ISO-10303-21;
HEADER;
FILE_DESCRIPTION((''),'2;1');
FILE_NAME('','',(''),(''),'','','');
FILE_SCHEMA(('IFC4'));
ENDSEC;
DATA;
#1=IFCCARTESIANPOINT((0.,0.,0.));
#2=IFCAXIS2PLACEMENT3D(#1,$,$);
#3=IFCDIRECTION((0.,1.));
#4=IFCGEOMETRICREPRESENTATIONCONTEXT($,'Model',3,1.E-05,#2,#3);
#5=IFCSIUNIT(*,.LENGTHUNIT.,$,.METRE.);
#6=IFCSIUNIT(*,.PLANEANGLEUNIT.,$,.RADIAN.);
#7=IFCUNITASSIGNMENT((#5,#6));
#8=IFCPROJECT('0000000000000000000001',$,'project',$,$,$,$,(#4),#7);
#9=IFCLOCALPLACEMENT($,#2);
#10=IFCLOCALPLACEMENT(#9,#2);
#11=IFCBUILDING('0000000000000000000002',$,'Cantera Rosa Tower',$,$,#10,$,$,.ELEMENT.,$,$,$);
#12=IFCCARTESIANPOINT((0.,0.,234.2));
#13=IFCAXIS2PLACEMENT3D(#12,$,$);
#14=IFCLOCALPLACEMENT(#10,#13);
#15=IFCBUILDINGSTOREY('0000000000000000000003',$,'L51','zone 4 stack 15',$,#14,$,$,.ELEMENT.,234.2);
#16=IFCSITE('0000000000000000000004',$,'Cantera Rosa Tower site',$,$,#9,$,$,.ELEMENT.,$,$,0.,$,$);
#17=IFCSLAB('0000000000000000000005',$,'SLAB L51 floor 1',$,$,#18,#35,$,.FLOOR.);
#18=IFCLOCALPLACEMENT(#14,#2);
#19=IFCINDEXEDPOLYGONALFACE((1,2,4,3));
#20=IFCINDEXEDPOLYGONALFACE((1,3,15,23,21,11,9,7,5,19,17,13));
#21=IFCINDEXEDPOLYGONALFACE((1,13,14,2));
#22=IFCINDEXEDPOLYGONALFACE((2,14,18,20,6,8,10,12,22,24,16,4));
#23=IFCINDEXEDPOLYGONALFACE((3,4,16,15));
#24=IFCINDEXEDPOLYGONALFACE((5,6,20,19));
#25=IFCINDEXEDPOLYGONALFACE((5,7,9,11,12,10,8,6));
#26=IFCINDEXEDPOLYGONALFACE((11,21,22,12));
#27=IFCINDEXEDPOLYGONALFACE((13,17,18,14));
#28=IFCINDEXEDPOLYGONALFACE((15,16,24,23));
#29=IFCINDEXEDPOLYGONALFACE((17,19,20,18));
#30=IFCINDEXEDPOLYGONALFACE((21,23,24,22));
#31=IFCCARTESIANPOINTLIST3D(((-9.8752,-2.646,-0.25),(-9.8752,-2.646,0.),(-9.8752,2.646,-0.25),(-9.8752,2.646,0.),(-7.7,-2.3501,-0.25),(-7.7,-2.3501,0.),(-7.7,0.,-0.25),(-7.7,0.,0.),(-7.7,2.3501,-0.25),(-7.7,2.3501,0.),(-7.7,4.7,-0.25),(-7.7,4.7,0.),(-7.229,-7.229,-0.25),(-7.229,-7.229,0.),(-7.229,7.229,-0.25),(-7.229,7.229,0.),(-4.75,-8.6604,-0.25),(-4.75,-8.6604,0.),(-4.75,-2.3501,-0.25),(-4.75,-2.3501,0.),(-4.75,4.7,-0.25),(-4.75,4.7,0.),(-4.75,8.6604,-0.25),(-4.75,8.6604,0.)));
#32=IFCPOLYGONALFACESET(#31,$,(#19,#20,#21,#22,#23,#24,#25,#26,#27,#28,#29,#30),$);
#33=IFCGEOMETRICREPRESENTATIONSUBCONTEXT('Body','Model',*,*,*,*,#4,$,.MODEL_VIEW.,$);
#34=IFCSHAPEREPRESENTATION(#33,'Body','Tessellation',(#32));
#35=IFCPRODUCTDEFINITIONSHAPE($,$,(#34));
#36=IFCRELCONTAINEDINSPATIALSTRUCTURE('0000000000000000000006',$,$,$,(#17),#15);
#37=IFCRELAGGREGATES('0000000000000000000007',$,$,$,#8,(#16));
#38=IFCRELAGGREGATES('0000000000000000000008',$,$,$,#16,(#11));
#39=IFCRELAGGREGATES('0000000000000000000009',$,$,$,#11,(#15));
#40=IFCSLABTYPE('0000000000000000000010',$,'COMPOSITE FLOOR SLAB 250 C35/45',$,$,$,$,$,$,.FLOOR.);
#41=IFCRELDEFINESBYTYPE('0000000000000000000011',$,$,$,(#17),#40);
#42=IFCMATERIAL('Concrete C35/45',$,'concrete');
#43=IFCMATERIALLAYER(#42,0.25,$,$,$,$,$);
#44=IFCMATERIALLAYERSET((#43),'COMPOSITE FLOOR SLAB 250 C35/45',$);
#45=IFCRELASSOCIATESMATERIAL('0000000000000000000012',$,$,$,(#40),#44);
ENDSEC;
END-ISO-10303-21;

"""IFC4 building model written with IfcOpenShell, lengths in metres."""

from ifc_helpers import new_model, si_unit, direction, frame, origin, place, context, subcontext, project, spatial, polyline, outline, extrude, material, layer, layer_set, type_object, element, save


model = new_model("IFC4")

# Units and contexts
model_context = context("Model", 3, precision=1e-05, world=origin(), true_north=direction((0.0, 1.0)))
body_context = subcontext(model_context, "Body", "Model", "MODEL_VIEW")
ifc_project = project(units=[si_unit("LENGTHUNIT", "METRE"), si_unit("PLANEANGLEUNIT", "RADIAN")], contexts=[model_context])

# Site, building, storey
site_placement = place(None, origin())
site = spatial("IfcSite", under=ifc_project, at=site_placement, Name="Cantera Rosa Tower site", CompositionType="ELEMENT", RefElevation=0.0)
building_placement = place(site_placement, origin())
building = spatial("IfcBuilding", under=site, at=building_placement, Name="Cantera Rosa Tower", CompositionType="ELEMENT")
storey_placement = place(building_placement, frame((0.0, 0.0, 234.2)))
storey = spatial("IfcBuildingStorey", under=building, at=storey_placement, Name="L51", Description="zone 4 stack 15", CompositionType="ELEMENT", Elevation=234.2)

# Slab
ifc_material_1 = material(Name="Concrete C35/45", Category="concrete")
ifc_layer_1 = layer(ifc_material_1, 0.25)
ifc_layer_set_1 = layer_set([ifc_layer_1], Name="COMPOSITE FLOOR SLAB 250 C35/45")
slab_type_1 = type_object("IfcSlabType", Name="COMPOSITE FLOOR SLAB 250 C35/45", PredefinedType="FLOOR", material=ifc_layer_set_1)
slab_1_placement = place(storey_placement, frame((0.0, 0.0, -0.25)))
element("IfcSlab", 1, at=slab_1_placement, inside=storey, type_object=slab_type_1, Name="SLAB L51 floor 1", PredefinedType="FLOOR", context=body_context, shape_type="SweptSolid", body=[
    extrude(outline(polyline([(-7.7, 0.0), (-7.7, -2.3501), (-4.75, -2.3501), (-4.75, -8.6604), (-7.229, -7.229), (-9.8752, -2.646), (-9.8752, 2.646), (-7.229, 7.229), (-4.75, 8.6604), (-4.75, 4.7), (-7.7, 4.7), (-7.7, 2.3501), (-7.7, 0.0)])), origin(), (0.0, 0.0, 1.0), 0.25),
])

save(model, "model.ifc")
